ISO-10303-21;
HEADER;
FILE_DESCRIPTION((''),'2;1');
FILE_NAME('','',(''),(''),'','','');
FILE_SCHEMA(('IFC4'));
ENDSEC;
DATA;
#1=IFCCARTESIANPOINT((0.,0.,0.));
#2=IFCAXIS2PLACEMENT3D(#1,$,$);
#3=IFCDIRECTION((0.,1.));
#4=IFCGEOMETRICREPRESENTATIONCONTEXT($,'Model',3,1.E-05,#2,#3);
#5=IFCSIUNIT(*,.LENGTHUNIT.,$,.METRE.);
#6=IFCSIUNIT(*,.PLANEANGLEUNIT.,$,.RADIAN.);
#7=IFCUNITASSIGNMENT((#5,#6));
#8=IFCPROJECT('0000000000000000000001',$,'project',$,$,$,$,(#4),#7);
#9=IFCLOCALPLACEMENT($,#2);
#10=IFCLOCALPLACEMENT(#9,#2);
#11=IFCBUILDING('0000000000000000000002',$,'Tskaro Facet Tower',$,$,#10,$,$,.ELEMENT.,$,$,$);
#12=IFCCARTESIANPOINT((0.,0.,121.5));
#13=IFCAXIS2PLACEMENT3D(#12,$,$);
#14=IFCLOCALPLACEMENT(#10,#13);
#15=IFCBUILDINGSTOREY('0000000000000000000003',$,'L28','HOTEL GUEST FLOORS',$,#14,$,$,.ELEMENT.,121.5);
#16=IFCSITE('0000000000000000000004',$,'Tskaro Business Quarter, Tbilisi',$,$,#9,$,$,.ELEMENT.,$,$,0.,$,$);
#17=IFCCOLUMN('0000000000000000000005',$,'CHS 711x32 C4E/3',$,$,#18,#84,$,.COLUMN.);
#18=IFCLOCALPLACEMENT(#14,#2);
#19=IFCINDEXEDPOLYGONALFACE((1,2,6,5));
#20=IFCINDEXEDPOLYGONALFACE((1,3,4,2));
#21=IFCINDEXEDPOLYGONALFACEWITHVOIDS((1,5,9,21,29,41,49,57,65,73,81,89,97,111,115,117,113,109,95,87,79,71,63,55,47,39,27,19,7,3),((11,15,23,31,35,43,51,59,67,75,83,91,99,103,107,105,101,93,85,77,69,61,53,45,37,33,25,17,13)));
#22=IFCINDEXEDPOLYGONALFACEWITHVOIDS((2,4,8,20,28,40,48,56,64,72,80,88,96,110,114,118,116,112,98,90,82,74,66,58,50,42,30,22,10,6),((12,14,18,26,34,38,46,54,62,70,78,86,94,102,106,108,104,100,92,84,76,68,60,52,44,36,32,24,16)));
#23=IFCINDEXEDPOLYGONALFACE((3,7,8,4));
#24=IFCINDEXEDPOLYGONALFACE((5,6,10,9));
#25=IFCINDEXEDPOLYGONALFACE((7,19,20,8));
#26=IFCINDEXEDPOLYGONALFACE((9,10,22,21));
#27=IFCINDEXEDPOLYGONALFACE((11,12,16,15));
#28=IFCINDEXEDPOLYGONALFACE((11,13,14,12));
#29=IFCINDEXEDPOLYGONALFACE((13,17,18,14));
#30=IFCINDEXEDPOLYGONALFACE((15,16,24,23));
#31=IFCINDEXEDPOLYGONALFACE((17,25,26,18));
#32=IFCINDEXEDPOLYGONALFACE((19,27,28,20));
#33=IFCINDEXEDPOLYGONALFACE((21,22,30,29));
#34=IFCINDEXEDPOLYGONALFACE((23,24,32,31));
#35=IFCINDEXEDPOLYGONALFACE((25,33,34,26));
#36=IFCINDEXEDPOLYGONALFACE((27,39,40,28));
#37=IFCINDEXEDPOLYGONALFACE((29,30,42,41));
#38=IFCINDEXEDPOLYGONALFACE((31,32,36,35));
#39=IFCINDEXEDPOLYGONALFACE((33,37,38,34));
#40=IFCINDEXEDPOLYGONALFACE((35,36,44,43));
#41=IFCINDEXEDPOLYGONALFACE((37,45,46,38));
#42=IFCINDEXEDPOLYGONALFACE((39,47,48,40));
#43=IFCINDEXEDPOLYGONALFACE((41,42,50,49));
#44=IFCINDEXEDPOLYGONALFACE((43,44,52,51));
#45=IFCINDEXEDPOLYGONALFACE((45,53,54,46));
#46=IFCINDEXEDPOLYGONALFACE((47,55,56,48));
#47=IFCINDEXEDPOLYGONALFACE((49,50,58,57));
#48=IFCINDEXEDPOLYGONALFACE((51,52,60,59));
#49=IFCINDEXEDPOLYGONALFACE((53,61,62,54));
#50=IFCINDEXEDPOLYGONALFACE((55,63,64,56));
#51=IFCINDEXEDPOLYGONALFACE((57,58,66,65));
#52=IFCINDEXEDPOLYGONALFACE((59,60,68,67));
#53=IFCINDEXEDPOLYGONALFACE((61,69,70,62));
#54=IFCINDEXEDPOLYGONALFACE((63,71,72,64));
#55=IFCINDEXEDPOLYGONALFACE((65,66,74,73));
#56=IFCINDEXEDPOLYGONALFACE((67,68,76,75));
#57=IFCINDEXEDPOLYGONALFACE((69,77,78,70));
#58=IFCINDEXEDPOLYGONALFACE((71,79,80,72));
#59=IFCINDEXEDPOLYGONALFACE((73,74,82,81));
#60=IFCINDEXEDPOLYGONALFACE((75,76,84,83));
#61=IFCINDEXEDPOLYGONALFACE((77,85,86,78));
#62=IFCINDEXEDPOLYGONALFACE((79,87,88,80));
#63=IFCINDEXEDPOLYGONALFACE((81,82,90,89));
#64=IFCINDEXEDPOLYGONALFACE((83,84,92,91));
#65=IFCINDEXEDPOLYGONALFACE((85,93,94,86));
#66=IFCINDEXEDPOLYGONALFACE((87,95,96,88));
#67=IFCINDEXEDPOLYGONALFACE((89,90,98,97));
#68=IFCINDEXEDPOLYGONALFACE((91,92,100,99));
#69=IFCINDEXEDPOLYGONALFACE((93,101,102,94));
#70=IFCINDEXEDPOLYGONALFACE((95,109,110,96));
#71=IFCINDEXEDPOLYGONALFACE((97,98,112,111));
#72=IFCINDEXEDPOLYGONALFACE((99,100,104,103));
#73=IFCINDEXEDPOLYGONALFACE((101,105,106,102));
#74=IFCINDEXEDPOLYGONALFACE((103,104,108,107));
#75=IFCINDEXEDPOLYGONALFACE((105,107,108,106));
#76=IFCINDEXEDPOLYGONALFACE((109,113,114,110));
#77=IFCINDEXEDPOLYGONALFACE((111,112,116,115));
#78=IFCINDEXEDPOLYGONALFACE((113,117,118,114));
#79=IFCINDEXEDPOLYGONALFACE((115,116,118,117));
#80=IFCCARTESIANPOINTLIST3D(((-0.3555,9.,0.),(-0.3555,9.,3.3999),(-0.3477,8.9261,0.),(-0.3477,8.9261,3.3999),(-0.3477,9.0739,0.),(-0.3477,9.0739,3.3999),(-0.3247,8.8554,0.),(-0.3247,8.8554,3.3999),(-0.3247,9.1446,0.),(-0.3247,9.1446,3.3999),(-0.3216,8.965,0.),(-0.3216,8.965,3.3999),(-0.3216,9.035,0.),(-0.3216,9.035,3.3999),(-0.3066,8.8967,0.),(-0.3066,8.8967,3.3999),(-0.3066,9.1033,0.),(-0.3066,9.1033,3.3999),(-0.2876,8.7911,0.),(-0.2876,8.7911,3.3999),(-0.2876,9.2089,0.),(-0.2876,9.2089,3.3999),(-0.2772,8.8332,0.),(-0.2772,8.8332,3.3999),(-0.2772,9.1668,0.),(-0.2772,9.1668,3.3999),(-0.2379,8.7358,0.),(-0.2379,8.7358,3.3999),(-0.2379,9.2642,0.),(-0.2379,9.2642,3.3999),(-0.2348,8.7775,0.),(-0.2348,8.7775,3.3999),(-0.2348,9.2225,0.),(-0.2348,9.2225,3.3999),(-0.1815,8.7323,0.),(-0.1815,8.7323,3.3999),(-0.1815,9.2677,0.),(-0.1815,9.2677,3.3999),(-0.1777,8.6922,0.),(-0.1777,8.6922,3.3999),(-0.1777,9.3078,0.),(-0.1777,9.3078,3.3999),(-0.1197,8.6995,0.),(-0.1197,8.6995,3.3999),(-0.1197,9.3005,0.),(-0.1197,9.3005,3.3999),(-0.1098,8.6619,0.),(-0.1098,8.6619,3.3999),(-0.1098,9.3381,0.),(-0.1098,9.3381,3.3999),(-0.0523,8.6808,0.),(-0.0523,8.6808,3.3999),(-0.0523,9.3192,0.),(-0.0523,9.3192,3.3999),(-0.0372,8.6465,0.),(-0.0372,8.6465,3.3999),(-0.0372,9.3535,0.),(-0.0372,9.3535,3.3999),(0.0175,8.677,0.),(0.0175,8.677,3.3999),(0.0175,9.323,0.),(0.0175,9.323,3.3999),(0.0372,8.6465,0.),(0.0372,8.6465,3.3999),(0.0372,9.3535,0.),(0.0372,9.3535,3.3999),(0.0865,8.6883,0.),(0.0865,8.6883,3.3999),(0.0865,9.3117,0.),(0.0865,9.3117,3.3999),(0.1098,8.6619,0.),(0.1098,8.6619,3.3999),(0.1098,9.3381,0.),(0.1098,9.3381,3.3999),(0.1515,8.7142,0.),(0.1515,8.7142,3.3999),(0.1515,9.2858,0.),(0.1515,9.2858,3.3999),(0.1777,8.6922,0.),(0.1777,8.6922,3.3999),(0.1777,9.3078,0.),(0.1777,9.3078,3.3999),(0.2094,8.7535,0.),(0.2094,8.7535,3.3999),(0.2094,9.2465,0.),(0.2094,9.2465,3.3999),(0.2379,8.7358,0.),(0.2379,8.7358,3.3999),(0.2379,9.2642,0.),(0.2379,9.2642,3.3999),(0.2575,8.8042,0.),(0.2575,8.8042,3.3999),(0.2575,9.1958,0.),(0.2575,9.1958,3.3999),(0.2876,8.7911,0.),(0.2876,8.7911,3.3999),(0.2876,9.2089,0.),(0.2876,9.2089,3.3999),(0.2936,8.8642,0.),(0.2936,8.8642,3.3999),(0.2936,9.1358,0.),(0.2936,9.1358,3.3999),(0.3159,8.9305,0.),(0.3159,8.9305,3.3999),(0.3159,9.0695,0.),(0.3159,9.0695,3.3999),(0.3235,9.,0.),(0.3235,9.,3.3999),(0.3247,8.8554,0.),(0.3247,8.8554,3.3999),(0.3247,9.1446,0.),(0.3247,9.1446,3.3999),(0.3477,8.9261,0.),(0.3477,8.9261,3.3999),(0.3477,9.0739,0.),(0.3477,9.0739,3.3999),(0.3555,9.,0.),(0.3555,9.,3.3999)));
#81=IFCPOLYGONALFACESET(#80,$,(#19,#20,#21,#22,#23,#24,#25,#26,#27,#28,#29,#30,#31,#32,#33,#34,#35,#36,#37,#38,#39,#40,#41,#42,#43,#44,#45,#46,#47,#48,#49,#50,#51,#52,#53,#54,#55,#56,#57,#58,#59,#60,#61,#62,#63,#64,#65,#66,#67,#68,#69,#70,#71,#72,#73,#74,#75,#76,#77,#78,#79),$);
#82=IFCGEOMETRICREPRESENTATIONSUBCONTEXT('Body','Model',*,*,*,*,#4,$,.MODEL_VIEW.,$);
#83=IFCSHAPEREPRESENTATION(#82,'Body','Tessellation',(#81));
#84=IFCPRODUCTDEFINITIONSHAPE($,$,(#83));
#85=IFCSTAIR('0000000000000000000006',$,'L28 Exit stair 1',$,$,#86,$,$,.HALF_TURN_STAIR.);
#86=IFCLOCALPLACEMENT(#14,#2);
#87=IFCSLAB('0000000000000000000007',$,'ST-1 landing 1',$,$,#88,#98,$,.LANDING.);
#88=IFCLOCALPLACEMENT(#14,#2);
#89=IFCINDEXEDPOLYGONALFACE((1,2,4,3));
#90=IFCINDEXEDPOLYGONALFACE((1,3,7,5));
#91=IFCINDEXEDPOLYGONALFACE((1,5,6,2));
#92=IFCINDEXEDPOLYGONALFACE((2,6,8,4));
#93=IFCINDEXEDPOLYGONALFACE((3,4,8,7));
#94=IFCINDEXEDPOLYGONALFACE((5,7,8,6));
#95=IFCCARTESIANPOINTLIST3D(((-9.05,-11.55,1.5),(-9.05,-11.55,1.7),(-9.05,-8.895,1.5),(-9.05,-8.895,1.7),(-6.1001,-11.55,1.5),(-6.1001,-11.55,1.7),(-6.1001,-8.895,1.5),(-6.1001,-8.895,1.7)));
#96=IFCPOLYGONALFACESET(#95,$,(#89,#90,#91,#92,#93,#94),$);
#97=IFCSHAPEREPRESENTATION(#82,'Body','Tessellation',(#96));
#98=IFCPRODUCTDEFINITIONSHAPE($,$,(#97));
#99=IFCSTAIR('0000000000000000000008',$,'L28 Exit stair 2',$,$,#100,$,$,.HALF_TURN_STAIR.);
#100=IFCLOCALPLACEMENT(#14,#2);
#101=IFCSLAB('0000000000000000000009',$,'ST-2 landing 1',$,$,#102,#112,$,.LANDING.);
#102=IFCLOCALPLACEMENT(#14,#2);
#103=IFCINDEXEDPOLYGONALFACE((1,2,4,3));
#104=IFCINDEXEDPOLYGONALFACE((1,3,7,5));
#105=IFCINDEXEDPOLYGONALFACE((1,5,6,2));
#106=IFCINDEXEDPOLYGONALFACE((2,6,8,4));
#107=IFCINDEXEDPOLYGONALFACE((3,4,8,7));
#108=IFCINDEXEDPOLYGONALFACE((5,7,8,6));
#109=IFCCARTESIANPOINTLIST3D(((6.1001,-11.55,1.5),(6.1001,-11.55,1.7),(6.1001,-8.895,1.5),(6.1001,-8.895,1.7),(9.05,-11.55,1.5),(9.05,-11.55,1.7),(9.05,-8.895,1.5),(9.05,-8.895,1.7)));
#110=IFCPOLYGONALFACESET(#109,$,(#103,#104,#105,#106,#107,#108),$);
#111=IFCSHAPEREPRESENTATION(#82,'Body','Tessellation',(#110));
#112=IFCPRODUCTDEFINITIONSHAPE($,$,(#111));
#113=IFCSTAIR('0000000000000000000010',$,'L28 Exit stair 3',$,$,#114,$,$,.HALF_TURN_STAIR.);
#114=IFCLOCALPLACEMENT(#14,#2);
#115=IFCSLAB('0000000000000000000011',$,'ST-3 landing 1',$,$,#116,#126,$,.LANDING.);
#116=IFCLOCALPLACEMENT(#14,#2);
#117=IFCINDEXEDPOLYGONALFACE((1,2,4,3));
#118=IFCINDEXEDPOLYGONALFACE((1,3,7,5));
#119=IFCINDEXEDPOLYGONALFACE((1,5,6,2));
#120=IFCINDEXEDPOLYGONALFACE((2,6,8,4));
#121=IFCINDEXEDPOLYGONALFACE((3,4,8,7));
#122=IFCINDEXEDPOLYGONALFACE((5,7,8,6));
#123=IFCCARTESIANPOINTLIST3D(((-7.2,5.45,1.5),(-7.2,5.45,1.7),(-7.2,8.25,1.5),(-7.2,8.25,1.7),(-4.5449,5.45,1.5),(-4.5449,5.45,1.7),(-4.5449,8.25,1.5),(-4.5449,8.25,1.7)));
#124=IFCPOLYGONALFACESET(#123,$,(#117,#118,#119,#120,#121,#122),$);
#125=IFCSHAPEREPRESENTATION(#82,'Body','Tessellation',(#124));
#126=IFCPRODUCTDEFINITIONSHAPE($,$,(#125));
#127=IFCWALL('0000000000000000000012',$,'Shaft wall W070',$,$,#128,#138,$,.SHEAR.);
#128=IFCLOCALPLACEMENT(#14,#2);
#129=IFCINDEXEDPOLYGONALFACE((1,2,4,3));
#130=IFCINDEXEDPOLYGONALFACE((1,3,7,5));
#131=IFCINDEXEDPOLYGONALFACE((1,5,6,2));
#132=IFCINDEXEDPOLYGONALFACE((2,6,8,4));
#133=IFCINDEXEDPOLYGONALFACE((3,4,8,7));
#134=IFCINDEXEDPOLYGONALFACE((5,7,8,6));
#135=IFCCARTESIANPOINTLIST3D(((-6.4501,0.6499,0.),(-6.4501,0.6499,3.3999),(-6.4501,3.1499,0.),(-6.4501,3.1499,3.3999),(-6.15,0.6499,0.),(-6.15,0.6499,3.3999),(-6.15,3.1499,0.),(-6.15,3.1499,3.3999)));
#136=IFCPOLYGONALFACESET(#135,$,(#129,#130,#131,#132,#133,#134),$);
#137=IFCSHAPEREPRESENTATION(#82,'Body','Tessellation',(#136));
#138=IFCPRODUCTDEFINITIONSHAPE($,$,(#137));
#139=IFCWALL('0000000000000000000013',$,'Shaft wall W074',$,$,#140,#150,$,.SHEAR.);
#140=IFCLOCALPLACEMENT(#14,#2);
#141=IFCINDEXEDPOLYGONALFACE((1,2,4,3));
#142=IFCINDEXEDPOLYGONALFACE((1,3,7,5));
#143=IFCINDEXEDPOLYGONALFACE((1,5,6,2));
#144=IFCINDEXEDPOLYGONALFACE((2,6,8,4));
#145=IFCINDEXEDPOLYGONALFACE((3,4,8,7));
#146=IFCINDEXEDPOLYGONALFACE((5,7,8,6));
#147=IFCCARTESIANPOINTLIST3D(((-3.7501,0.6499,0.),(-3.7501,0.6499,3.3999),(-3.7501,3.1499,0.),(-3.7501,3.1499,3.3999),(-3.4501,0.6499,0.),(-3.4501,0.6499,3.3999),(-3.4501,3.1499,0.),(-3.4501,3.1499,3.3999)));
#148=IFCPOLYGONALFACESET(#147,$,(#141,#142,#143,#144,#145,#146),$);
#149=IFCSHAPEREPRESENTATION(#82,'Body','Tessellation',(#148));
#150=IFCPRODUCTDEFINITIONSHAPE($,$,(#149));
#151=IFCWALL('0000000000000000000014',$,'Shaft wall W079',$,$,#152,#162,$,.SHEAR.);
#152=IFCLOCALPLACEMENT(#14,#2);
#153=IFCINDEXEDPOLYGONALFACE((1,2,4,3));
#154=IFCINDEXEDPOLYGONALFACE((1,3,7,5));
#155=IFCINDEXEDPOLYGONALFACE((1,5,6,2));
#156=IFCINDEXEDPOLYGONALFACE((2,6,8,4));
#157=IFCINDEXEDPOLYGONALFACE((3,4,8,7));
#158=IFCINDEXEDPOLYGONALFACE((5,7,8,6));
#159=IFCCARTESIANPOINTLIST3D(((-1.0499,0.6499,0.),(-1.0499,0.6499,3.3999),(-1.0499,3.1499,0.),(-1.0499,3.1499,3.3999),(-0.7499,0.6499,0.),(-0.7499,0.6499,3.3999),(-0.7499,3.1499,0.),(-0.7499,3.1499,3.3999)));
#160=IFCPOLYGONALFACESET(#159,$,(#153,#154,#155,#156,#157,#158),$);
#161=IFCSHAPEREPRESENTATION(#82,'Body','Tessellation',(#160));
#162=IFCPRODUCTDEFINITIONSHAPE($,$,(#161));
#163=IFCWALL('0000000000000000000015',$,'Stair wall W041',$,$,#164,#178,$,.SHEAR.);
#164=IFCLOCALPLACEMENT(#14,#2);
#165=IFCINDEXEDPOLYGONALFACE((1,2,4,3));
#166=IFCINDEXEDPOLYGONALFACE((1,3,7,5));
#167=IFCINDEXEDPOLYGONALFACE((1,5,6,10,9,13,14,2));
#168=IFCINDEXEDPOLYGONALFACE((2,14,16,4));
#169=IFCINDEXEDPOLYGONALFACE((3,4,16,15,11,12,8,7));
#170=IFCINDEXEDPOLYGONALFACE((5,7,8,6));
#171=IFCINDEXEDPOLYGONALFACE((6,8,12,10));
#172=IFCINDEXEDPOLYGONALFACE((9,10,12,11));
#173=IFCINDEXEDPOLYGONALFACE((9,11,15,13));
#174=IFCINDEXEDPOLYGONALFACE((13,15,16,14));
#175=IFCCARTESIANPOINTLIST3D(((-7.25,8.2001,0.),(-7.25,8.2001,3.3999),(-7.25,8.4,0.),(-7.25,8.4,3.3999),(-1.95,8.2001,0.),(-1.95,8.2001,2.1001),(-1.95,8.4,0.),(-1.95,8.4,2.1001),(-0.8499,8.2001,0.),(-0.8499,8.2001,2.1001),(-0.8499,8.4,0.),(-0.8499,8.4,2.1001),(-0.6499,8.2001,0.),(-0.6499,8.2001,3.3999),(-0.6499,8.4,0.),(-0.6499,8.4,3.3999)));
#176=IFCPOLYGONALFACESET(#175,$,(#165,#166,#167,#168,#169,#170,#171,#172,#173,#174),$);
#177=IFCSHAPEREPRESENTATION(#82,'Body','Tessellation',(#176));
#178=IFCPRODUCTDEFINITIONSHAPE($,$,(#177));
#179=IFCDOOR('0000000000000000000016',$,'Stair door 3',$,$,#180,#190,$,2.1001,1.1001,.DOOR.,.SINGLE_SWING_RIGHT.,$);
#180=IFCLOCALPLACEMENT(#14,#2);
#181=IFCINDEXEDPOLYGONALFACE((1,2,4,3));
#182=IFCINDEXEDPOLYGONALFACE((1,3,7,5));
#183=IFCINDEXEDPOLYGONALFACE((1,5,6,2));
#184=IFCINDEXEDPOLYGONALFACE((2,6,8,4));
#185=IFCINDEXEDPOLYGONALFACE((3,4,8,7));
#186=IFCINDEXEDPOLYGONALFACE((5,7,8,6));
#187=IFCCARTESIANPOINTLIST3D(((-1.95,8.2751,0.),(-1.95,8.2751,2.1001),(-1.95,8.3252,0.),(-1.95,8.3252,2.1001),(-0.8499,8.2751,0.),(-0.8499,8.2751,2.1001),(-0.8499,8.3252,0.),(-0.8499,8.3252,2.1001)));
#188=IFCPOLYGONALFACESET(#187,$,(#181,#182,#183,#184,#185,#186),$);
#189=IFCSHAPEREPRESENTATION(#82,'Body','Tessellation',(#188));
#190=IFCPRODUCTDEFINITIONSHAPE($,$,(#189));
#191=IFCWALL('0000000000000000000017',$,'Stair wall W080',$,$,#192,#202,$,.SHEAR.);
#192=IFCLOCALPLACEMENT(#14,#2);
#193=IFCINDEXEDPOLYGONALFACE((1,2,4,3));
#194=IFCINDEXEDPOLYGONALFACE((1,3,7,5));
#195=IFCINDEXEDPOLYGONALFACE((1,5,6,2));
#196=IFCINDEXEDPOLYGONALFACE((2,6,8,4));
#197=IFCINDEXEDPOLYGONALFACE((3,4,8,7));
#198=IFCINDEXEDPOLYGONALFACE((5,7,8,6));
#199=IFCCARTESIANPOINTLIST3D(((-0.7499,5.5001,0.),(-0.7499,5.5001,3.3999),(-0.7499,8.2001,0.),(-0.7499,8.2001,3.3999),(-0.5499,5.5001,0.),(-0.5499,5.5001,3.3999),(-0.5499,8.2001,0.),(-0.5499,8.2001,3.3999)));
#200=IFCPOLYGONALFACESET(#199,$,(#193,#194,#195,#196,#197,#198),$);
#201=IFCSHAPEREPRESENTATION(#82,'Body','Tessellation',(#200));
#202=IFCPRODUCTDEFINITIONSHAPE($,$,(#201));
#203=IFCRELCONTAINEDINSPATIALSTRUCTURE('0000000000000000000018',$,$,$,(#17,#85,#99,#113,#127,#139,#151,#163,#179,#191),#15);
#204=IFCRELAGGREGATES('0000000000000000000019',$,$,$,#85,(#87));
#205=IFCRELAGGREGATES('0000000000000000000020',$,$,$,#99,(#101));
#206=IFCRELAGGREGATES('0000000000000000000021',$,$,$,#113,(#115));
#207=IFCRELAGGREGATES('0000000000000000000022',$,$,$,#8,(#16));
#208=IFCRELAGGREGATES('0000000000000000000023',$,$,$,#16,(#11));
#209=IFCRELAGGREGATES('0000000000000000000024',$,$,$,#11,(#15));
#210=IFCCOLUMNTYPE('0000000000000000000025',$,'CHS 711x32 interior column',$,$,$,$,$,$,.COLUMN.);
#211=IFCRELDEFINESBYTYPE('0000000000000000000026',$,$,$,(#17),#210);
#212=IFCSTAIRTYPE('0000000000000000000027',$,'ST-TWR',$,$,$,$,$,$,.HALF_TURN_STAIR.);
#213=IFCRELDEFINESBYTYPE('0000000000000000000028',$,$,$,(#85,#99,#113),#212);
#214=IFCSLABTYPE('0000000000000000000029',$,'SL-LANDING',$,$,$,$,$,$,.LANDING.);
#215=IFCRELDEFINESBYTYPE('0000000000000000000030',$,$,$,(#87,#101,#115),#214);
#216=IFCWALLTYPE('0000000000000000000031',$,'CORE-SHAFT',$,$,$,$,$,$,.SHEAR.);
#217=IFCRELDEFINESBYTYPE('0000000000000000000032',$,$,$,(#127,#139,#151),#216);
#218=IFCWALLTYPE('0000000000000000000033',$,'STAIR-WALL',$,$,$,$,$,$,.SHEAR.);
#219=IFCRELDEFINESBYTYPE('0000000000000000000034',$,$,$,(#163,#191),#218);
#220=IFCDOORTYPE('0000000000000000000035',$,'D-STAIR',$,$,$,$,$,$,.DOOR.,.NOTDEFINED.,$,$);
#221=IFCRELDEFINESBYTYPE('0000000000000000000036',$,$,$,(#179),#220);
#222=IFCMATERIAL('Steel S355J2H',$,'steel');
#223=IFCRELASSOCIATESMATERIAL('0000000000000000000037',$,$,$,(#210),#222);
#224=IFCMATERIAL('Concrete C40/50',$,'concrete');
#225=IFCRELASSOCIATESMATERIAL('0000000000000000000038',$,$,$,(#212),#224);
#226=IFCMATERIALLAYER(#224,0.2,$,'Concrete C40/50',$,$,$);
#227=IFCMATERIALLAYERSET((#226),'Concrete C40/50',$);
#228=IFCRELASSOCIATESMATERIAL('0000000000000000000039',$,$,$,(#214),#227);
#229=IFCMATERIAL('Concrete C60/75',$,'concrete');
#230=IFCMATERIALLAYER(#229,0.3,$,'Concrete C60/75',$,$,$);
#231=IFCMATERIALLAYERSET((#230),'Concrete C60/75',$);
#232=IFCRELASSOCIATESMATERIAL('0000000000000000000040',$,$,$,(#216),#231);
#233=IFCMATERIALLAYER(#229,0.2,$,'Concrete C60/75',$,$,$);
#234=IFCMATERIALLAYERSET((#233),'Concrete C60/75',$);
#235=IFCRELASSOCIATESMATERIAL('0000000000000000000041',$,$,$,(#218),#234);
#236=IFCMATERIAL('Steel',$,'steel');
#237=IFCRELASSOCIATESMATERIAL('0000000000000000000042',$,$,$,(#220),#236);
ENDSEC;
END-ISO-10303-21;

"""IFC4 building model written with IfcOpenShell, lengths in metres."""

from ifc_helpers import new_model, si_unit, direction, frame, frame_2d, origin, origin_2d, place, context, subcontext, project, spatial, polyline, rectangle, hollow_circle, outline, extrude, material, layer, layer_set, material_profile, profile_set, type_object, element, fill, aggregate, save


model = new_model("IFC4")

# Units and contexts
model_context = context("Model", 3, precision=1e-05, world=origin(), true_north=direction((0.0, 1.0)))
body_context = subcontext(model_context, "Body", "Model", "MODEL_VIEW")
ifc_project = project(units=[si_unit("LENGTHUNIT", "METRE"), si_unit("PLANEANGLEUNIT", "RADIAN")], contexts=[model_context])

# Site, building, storey
site_placement = place(None, origin())
site = spatial("IfcSite", under=ifc_project, at=site_placement, Name="Tskaro Business Quarter, Tbilisi", CompositionType="ELEMENT", RefElevation=0.0)
building_placement = place(site_placement, origin())
building = spatial("IfcBuilding", under=site, at=building_placement, Name="Tskaro Facet Tower", CompositionType="ELEMENT")
storey_placement = place(building_placement, frame((0.0, 0.0, 121.5)))
storey = spatial("IfcBuildingStorey", under=building, at=storey_placement, Name="L28", Description="HOTEL GUEST FLOORS", CompositionType="ELEMENT", Elevation=121.5)

# Column
ifc_material_1 = material(Name="Steel S355J2H", Category="steel")
ifc_material_profile = material_profile(ifc_material_1, hollow_circle(Radius=0.3555, WallThickness=0.032, at=origin_2d()), Name="CHS 711x32")
ifc_profile_set = profile_set([ifc_material_profile], Name="Steel S355J2H")
column_type = type_object("IfcColumnType", Name="CHS 711x32 interior column", PredefinedType="COLUMN", material=ifc_profile_set)
column_placement = place(storey_placement, frame((0.0, 9.0, 0.0), z_axis=(0.0, 0.0, 1.0), x_axis=(1.0, 0.0, 0.0)))
element("IfcColumn", 1, at=column_placement, inside=storey, type_object=column_type, Name="CHS 711x32 C4E/3", PredefinedType="COLUMN", context=body_context, shape_type="SweptSolid", body=[
    extrude(hollow_circle(Radius=0.3555, WallThickness=0.032, at=origin_2d()), origin(), (0.0, 0.0, 1.0), 3.3999),
])

# Stairs, slabs
ifc_material_2 = material(Name="Concrete C40/50", Category="concrete")
stair_type = type_object("IfcStairType", Name="ST-TWR", PredefinedType="HALF_TURN_STAIR", material=ifc_material_2)
stair_1_placement = place(storey_placement, origin())
stair_1 = element("IfcStair", 2, at=stair_1_placement, inside=storey, type_object=stair_type, Name="L28 Exit stair 1", PredefinedType="HALF_TURN_STAIR")
ifc_layer_1 = layer(ifc_material_2, 0.2, Name="Concrete C40/50")
ifc_layer_set_1 = layer_set([ifc_layer_1], Name="Concrete C40/50")
slab_type = type_object("IfcSlabType", Name="SL-LANDING", PredefinedType="LANDING", material=ifc_layer_set_1)
slab_1_placement = place(storey_placement, frame((0.0, 0.0, 1.5)))
slab_1 = element("IfcSlab", 3, at=slab_1_placement, type_object=slab_type, Name="ST-1 landing 1", PredefinedType="LANDING", context=body_context, shape_type="SweptSolid", body=[
    extrude(outline(polyline([(-9.05, -11.55), (-6.1001, -11.55), (-6.1001, -8.895), (-9.05, -8.895), (-9.05, -11.55)])), origin(), (0.0, 0.0, 1.0), 0.2),
])
aggregate(stair_1, [slab_1])
stair_2_placement = place(storey_placement, origin())
stair_2 = element("IfcStair", 4, at=stair_2_placement, inside=storey, type_object=stair_type, Name="L28 Exit stair 2", PredefinedType="HALF_TURN_STAIR")
slab_2_placement = place(storey_placement, frame((0.0, 0.0, 1.5)))
slab_2 = element("IfcSlab", 5, at=slab_2_placement, type_object=slab_type, Name="ST-2 landing 1", PredefinedType="LANDING", context=body_context, shape_type="SweptSolid", body=[
    extrude(outline(polyline([(6.1001, -11.55), (9.05, -11.55), (9.05, -8.895), (6.1001, -8.895), (6.1001, -11.55)])), origin(), (0.0, 0.0, 1.0), 0.2),
])
aggregate(stair_2, [slab_2])
stair_3_placement = place(storey_placement, origin())
stair_3 = element("IfcStair", 6, at=stair_3_placement, inside=storey, type_object=stair_type, Name="L28 Exit stair 3", PredefinedType="HALF_TURN_STAIR")
slab_3_placement = place(storey_placement, frame((0.0, 0.0, 1.5)))
slab_3 = element("IfcSlab", 7, at=slab_3_placement, type_object=slab_type, Name="ST-3 landing 1", PredefinedType="LANDING", context=body_context, shape_type="SweptSolid", body=[
    extrude(outline(polyline([(-7.2, 5.45), (-4.5449, 5.45), (-4.5449, 8.25), (-7.2, 8.25), (-7.2, 5.45)])), origin(), (0.0, 0.0, 1.0), 0.2),
])

# Walls
ifc_material_3 = material(Name="Concrete C60/75", Category="concrete")
ifc_layer_2 = layer(ifc_material_3, 0.3, Name="Concrete C60/75")
ifc_layer_set_2 = layer_set([ifc_layer_2], Name="Concrete C60/75")
wall_type_1 = type_object("IfcWallType", Name="CORE-SHAFT", PredefinedType="SHEAR", material=ifc_layer_set_2)
for number, where, z_axis, x_axis, name in (
    (8, (-6.3, 0.6499, 0.0), (0.0, 0.0, 1.0), (0.0, 1.0, 0.0), "Shaft wall W070"),
    (9, (-3.6001, 0.6499, 0.0), (0.0, 0.0, 1.0), (0.0, 1.0, 0.0), "Shaft wall W074"),
    (10, (-0.8999, 0.6499, 0.0), (0.0, 0.0, 1.0), (0.0, 1.0, 0.0), "Shaft wall W079"),
):
    element("IfcWall", number, at=place(storey_placement, frame(where, z_axis=z_axis, x_axis=x_axis)), inside=storey, type_object=wall_type_1, Name=name, PredefinedType="SHEAR", context=body_context, shape_type="SweptSolid", body=[
        extrude(rectangle(XDim=2.5, YDim=0.3, at=frame_2d((1.25, 0.0))), origin(), (0.0, 0.0, 1.0), 3.3999),
    ])

# Wall, opening, door
ifc_layer_3 = layer(ifc_material_3, 0.2, Name="Concrete C60/75")
ifc_layer_set_3 = layer_set([ifc_layer_3], Name="Concrete C60/75")
wall_type_2 = type_object("IfcWallType", Name="STAIR-WALL", PredefinedType="SHEAR", material=ifc_layer_set_3)
wall_1_placement = place(storey_placement, frame((-0.6499, 8.3, 0.0), z_axis=(0.0, 0.0, 1.0), x_axis=(-1.0, 0.0, 0.0)))
wall_1 = element("IfcWall", 11, at=wall_1_placement, inside=storey, type_object=wall_type_2, Name="Stair wall W041", PredefinedType="SHEAR", context=body_context, shape_type="SweptSolid", body=[
    extrude(rectangle(XDim=6.6001, YDim=0.2, at=frame_2d((3.3, 0.0))), origin(), (0.0, 0.0, 1.0), 3.3999),
])
opening_placement = place(wall_1_placement, frame((0.2, 0.0, 0.0)))
opening = element("IfcOpeningElement", 12, at=opening_placement, cuts=wall_1, PredefinedType="OPENING", context=body_context, shape_type="SweptSolid", body=[
    extrude(rectangle(XDim=1.1001, YDim=2.1001, at=frame_2d((0.55, 1.05))), frame((0.0, 0.1099, 0.0), z_axis=(0.0, -1.0, 0.0), x_axis=(1.0, 0.0, 0.0)), (0.0, 0.0, 1.0), 0.22),
])
ifc_material_4 = material(Name="Steel", Category="steel")
door_type = type_object("IfcDoorType", Name="D-STAIR", OperationType="NOTDEFINED", PredefinedType="DOOR", material=ifc_material_4)
door_placement = place(opening_placement, origin())
door = element("IfcDoor", 13, at=door_placement, inside=storey, type_object=door_type, Name="Stair door 3", OperationType="SINGLE_SWING_RIGHT", OverallHeight=2.1001, OverallWidth=1.1001, PredefinedType="DOOR", context=body_context, shape_type="SweptSolid", body=[
    extrude(rectangle(XDim=1.1001, YDim=2.1001, at=frame_2d((0.55, 1.05))), frame((0.0, 0.0249, 0.0), z_axis=(0.0, -1.0, 0.0), x_axis=(1.0, 0.0, 0.0)), (0.0, 0.0, 1.0), 0.05),
])
fill(opening, door)

# Wall
wall_2_placement = place(storey_placement, frame((-0.6499, 5.5, 0.0), z_axis=(0.0, 0.0, 1.0), x_axis=(0.0, 1.0, 0.0)))
element("IfcWall", 14, at=wall_2_placement, inside=storey, type_object=wall_type_2, Name="Stair wall W080", PredefinedType="SHEAR", context=body_context, shape_type="SweptSolid", body=[
    extrude(rectangle(XDim=2.7, YDim=0.2, at=frame_2d((1.3501, 0.0))), origin(), (0.0, 0.0, 1.0), 3.3999),
])

aggregate(stair_3, [slab_3])

save(model, "model.ifc")
